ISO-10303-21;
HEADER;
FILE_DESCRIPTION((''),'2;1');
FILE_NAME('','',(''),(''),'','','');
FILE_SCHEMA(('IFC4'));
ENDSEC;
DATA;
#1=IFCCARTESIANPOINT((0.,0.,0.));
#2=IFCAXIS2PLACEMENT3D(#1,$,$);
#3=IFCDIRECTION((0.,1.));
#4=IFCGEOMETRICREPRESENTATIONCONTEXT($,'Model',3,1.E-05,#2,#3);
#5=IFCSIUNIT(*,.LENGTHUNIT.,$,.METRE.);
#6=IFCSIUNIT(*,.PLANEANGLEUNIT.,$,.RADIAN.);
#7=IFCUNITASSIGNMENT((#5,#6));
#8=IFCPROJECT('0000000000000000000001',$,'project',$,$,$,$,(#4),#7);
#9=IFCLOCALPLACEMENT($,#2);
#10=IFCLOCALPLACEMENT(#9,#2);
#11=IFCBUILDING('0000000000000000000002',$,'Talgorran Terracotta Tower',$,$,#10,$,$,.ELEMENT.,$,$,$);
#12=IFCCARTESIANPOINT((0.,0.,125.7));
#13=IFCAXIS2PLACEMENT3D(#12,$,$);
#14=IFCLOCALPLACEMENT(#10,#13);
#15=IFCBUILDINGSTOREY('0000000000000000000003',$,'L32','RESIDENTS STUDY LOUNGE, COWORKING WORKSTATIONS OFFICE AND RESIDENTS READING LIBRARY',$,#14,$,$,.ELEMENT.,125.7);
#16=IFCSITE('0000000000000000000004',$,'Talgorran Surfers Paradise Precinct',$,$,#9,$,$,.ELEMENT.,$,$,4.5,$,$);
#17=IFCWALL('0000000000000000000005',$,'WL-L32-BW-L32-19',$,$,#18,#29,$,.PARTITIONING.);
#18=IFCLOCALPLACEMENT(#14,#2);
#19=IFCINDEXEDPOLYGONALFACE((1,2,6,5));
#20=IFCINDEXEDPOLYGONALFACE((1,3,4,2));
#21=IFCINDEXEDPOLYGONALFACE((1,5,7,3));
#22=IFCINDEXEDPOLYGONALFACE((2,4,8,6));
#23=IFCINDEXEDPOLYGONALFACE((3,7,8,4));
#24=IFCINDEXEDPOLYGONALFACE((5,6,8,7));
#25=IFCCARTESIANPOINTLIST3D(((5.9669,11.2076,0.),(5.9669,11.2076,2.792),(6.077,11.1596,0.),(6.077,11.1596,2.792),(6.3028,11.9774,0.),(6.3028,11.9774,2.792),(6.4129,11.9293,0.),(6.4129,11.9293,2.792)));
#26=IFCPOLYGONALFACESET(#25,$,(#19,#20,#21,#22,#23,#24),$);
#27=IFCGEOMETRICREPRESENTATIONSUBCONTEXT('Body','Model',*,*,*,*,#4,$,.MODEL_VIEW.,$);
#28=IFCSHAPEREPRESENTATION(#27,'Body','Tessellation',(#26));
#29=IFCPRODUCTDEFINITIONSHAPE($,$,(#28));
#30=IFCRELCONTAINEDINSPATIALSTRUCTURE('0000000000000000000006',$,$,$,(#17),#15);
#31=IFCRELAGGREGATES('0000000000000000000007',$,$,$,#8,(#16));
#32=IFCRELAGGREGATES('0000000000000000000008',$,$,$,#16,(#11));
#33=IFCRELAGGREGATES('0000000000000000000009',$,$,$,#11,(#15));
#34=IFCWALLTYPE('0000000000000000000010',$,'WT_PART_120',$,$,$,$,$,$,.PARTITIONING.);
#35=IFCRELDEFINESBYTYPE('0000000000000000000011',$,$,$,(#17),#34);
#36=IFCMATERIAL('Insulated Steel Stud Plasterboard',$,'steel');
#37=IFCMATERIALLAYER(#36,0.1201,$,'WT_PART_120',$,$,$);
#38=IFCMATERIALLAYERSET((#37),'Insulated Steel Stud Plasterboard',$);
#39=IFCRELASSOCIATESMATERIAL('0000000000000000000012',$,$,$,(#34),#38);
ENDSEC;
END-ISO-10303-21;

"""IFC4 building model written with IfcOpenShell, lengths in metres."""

from ifc_helpers import new_model, si_unit, direction, frame, frame_2d, origin, place, context, subcontext, project, spatial, rectangle, extrude, material, layer, layer_set, type_object, element, save


model = new_model("IFC4")

# Units and contexts
model_context = context("Model", 3, precision=1e-05, world=origin(), true_north=direction((0.0, 1.0)))
body_context = subcontext(model_context, "Body", "Model", "MODEL_VIEW")
ifc_project = project(units=[si_unit("LENGTHUNIT", "METRE"), si_unit("PLANEANGLEUNIT", "RADIAN")], contexts=[model_context])

# Site, building, storey
site_placement = place(None, origin())
site = spatial("IfcSite", under=ifc_project, at=site_placement, Name="Talgorran Surfers Paradise Precinct", CompositionType="ELEMENT", RefElevation=4.5)
building_placement = place(site_placement, origin())
building = spatial("IfcBuilding", under=site, at=building_placement, Name="Talgorran Terracotta Tower", CompositionType="ELEMENT")
storey_placement = place(building_placement, frame((0.0, 0.0, 125.7)))
storey = spatial("IfcBuildingStorey", under=building, at=storey_placement, Name="L32", Description="RESIDENTS STUDY LOUNGE, COWORKING WORKSTATIONS OFFICE AND RESIDENTS READING LIBRARY", CompositionType="ELEMENT", Elevation=125.7)

# Wall
ifc_material_1 = material(Name="Insulated Steel Stud Plasterboard", Category="steel")
ifc_layer_1 = layer(ifc_material_1, 0.1201, Name="WT_PART_120")
ifc_layer_set_1 = layer_set([ifc_layer_1], Name="Insulated Steel Stud Plasterboard")
wall_type_1 = type_object("IfcWallType", Name="WT_PART_120", PredefinedType="PARTITIONING", material=ifc_layer_set_1)
wall_1_placement = place(storey_placement, frame((6.022, 11.1836, 0.0), z_axis=(0.0, 0.0, 1.0), x_axis=(0.39998, 0.916524, 0.0)))
element("IfcWall", 1, at=wall_1_placement, inside=storey, type_object=wall_type_1, Name="WL-L32-BW-L32-19", PredefinedType="PARTITIONING", context=body_context, shape_type="SweptSolid", body=[
    extrude(rectangle(XDim=0.8398, YDim=0.1201, at=frame_2d((0.4199, 0.0))), origin(), (0.0, 0.0, 1.0), 2.792),
])

save(model, "model.ifc")
